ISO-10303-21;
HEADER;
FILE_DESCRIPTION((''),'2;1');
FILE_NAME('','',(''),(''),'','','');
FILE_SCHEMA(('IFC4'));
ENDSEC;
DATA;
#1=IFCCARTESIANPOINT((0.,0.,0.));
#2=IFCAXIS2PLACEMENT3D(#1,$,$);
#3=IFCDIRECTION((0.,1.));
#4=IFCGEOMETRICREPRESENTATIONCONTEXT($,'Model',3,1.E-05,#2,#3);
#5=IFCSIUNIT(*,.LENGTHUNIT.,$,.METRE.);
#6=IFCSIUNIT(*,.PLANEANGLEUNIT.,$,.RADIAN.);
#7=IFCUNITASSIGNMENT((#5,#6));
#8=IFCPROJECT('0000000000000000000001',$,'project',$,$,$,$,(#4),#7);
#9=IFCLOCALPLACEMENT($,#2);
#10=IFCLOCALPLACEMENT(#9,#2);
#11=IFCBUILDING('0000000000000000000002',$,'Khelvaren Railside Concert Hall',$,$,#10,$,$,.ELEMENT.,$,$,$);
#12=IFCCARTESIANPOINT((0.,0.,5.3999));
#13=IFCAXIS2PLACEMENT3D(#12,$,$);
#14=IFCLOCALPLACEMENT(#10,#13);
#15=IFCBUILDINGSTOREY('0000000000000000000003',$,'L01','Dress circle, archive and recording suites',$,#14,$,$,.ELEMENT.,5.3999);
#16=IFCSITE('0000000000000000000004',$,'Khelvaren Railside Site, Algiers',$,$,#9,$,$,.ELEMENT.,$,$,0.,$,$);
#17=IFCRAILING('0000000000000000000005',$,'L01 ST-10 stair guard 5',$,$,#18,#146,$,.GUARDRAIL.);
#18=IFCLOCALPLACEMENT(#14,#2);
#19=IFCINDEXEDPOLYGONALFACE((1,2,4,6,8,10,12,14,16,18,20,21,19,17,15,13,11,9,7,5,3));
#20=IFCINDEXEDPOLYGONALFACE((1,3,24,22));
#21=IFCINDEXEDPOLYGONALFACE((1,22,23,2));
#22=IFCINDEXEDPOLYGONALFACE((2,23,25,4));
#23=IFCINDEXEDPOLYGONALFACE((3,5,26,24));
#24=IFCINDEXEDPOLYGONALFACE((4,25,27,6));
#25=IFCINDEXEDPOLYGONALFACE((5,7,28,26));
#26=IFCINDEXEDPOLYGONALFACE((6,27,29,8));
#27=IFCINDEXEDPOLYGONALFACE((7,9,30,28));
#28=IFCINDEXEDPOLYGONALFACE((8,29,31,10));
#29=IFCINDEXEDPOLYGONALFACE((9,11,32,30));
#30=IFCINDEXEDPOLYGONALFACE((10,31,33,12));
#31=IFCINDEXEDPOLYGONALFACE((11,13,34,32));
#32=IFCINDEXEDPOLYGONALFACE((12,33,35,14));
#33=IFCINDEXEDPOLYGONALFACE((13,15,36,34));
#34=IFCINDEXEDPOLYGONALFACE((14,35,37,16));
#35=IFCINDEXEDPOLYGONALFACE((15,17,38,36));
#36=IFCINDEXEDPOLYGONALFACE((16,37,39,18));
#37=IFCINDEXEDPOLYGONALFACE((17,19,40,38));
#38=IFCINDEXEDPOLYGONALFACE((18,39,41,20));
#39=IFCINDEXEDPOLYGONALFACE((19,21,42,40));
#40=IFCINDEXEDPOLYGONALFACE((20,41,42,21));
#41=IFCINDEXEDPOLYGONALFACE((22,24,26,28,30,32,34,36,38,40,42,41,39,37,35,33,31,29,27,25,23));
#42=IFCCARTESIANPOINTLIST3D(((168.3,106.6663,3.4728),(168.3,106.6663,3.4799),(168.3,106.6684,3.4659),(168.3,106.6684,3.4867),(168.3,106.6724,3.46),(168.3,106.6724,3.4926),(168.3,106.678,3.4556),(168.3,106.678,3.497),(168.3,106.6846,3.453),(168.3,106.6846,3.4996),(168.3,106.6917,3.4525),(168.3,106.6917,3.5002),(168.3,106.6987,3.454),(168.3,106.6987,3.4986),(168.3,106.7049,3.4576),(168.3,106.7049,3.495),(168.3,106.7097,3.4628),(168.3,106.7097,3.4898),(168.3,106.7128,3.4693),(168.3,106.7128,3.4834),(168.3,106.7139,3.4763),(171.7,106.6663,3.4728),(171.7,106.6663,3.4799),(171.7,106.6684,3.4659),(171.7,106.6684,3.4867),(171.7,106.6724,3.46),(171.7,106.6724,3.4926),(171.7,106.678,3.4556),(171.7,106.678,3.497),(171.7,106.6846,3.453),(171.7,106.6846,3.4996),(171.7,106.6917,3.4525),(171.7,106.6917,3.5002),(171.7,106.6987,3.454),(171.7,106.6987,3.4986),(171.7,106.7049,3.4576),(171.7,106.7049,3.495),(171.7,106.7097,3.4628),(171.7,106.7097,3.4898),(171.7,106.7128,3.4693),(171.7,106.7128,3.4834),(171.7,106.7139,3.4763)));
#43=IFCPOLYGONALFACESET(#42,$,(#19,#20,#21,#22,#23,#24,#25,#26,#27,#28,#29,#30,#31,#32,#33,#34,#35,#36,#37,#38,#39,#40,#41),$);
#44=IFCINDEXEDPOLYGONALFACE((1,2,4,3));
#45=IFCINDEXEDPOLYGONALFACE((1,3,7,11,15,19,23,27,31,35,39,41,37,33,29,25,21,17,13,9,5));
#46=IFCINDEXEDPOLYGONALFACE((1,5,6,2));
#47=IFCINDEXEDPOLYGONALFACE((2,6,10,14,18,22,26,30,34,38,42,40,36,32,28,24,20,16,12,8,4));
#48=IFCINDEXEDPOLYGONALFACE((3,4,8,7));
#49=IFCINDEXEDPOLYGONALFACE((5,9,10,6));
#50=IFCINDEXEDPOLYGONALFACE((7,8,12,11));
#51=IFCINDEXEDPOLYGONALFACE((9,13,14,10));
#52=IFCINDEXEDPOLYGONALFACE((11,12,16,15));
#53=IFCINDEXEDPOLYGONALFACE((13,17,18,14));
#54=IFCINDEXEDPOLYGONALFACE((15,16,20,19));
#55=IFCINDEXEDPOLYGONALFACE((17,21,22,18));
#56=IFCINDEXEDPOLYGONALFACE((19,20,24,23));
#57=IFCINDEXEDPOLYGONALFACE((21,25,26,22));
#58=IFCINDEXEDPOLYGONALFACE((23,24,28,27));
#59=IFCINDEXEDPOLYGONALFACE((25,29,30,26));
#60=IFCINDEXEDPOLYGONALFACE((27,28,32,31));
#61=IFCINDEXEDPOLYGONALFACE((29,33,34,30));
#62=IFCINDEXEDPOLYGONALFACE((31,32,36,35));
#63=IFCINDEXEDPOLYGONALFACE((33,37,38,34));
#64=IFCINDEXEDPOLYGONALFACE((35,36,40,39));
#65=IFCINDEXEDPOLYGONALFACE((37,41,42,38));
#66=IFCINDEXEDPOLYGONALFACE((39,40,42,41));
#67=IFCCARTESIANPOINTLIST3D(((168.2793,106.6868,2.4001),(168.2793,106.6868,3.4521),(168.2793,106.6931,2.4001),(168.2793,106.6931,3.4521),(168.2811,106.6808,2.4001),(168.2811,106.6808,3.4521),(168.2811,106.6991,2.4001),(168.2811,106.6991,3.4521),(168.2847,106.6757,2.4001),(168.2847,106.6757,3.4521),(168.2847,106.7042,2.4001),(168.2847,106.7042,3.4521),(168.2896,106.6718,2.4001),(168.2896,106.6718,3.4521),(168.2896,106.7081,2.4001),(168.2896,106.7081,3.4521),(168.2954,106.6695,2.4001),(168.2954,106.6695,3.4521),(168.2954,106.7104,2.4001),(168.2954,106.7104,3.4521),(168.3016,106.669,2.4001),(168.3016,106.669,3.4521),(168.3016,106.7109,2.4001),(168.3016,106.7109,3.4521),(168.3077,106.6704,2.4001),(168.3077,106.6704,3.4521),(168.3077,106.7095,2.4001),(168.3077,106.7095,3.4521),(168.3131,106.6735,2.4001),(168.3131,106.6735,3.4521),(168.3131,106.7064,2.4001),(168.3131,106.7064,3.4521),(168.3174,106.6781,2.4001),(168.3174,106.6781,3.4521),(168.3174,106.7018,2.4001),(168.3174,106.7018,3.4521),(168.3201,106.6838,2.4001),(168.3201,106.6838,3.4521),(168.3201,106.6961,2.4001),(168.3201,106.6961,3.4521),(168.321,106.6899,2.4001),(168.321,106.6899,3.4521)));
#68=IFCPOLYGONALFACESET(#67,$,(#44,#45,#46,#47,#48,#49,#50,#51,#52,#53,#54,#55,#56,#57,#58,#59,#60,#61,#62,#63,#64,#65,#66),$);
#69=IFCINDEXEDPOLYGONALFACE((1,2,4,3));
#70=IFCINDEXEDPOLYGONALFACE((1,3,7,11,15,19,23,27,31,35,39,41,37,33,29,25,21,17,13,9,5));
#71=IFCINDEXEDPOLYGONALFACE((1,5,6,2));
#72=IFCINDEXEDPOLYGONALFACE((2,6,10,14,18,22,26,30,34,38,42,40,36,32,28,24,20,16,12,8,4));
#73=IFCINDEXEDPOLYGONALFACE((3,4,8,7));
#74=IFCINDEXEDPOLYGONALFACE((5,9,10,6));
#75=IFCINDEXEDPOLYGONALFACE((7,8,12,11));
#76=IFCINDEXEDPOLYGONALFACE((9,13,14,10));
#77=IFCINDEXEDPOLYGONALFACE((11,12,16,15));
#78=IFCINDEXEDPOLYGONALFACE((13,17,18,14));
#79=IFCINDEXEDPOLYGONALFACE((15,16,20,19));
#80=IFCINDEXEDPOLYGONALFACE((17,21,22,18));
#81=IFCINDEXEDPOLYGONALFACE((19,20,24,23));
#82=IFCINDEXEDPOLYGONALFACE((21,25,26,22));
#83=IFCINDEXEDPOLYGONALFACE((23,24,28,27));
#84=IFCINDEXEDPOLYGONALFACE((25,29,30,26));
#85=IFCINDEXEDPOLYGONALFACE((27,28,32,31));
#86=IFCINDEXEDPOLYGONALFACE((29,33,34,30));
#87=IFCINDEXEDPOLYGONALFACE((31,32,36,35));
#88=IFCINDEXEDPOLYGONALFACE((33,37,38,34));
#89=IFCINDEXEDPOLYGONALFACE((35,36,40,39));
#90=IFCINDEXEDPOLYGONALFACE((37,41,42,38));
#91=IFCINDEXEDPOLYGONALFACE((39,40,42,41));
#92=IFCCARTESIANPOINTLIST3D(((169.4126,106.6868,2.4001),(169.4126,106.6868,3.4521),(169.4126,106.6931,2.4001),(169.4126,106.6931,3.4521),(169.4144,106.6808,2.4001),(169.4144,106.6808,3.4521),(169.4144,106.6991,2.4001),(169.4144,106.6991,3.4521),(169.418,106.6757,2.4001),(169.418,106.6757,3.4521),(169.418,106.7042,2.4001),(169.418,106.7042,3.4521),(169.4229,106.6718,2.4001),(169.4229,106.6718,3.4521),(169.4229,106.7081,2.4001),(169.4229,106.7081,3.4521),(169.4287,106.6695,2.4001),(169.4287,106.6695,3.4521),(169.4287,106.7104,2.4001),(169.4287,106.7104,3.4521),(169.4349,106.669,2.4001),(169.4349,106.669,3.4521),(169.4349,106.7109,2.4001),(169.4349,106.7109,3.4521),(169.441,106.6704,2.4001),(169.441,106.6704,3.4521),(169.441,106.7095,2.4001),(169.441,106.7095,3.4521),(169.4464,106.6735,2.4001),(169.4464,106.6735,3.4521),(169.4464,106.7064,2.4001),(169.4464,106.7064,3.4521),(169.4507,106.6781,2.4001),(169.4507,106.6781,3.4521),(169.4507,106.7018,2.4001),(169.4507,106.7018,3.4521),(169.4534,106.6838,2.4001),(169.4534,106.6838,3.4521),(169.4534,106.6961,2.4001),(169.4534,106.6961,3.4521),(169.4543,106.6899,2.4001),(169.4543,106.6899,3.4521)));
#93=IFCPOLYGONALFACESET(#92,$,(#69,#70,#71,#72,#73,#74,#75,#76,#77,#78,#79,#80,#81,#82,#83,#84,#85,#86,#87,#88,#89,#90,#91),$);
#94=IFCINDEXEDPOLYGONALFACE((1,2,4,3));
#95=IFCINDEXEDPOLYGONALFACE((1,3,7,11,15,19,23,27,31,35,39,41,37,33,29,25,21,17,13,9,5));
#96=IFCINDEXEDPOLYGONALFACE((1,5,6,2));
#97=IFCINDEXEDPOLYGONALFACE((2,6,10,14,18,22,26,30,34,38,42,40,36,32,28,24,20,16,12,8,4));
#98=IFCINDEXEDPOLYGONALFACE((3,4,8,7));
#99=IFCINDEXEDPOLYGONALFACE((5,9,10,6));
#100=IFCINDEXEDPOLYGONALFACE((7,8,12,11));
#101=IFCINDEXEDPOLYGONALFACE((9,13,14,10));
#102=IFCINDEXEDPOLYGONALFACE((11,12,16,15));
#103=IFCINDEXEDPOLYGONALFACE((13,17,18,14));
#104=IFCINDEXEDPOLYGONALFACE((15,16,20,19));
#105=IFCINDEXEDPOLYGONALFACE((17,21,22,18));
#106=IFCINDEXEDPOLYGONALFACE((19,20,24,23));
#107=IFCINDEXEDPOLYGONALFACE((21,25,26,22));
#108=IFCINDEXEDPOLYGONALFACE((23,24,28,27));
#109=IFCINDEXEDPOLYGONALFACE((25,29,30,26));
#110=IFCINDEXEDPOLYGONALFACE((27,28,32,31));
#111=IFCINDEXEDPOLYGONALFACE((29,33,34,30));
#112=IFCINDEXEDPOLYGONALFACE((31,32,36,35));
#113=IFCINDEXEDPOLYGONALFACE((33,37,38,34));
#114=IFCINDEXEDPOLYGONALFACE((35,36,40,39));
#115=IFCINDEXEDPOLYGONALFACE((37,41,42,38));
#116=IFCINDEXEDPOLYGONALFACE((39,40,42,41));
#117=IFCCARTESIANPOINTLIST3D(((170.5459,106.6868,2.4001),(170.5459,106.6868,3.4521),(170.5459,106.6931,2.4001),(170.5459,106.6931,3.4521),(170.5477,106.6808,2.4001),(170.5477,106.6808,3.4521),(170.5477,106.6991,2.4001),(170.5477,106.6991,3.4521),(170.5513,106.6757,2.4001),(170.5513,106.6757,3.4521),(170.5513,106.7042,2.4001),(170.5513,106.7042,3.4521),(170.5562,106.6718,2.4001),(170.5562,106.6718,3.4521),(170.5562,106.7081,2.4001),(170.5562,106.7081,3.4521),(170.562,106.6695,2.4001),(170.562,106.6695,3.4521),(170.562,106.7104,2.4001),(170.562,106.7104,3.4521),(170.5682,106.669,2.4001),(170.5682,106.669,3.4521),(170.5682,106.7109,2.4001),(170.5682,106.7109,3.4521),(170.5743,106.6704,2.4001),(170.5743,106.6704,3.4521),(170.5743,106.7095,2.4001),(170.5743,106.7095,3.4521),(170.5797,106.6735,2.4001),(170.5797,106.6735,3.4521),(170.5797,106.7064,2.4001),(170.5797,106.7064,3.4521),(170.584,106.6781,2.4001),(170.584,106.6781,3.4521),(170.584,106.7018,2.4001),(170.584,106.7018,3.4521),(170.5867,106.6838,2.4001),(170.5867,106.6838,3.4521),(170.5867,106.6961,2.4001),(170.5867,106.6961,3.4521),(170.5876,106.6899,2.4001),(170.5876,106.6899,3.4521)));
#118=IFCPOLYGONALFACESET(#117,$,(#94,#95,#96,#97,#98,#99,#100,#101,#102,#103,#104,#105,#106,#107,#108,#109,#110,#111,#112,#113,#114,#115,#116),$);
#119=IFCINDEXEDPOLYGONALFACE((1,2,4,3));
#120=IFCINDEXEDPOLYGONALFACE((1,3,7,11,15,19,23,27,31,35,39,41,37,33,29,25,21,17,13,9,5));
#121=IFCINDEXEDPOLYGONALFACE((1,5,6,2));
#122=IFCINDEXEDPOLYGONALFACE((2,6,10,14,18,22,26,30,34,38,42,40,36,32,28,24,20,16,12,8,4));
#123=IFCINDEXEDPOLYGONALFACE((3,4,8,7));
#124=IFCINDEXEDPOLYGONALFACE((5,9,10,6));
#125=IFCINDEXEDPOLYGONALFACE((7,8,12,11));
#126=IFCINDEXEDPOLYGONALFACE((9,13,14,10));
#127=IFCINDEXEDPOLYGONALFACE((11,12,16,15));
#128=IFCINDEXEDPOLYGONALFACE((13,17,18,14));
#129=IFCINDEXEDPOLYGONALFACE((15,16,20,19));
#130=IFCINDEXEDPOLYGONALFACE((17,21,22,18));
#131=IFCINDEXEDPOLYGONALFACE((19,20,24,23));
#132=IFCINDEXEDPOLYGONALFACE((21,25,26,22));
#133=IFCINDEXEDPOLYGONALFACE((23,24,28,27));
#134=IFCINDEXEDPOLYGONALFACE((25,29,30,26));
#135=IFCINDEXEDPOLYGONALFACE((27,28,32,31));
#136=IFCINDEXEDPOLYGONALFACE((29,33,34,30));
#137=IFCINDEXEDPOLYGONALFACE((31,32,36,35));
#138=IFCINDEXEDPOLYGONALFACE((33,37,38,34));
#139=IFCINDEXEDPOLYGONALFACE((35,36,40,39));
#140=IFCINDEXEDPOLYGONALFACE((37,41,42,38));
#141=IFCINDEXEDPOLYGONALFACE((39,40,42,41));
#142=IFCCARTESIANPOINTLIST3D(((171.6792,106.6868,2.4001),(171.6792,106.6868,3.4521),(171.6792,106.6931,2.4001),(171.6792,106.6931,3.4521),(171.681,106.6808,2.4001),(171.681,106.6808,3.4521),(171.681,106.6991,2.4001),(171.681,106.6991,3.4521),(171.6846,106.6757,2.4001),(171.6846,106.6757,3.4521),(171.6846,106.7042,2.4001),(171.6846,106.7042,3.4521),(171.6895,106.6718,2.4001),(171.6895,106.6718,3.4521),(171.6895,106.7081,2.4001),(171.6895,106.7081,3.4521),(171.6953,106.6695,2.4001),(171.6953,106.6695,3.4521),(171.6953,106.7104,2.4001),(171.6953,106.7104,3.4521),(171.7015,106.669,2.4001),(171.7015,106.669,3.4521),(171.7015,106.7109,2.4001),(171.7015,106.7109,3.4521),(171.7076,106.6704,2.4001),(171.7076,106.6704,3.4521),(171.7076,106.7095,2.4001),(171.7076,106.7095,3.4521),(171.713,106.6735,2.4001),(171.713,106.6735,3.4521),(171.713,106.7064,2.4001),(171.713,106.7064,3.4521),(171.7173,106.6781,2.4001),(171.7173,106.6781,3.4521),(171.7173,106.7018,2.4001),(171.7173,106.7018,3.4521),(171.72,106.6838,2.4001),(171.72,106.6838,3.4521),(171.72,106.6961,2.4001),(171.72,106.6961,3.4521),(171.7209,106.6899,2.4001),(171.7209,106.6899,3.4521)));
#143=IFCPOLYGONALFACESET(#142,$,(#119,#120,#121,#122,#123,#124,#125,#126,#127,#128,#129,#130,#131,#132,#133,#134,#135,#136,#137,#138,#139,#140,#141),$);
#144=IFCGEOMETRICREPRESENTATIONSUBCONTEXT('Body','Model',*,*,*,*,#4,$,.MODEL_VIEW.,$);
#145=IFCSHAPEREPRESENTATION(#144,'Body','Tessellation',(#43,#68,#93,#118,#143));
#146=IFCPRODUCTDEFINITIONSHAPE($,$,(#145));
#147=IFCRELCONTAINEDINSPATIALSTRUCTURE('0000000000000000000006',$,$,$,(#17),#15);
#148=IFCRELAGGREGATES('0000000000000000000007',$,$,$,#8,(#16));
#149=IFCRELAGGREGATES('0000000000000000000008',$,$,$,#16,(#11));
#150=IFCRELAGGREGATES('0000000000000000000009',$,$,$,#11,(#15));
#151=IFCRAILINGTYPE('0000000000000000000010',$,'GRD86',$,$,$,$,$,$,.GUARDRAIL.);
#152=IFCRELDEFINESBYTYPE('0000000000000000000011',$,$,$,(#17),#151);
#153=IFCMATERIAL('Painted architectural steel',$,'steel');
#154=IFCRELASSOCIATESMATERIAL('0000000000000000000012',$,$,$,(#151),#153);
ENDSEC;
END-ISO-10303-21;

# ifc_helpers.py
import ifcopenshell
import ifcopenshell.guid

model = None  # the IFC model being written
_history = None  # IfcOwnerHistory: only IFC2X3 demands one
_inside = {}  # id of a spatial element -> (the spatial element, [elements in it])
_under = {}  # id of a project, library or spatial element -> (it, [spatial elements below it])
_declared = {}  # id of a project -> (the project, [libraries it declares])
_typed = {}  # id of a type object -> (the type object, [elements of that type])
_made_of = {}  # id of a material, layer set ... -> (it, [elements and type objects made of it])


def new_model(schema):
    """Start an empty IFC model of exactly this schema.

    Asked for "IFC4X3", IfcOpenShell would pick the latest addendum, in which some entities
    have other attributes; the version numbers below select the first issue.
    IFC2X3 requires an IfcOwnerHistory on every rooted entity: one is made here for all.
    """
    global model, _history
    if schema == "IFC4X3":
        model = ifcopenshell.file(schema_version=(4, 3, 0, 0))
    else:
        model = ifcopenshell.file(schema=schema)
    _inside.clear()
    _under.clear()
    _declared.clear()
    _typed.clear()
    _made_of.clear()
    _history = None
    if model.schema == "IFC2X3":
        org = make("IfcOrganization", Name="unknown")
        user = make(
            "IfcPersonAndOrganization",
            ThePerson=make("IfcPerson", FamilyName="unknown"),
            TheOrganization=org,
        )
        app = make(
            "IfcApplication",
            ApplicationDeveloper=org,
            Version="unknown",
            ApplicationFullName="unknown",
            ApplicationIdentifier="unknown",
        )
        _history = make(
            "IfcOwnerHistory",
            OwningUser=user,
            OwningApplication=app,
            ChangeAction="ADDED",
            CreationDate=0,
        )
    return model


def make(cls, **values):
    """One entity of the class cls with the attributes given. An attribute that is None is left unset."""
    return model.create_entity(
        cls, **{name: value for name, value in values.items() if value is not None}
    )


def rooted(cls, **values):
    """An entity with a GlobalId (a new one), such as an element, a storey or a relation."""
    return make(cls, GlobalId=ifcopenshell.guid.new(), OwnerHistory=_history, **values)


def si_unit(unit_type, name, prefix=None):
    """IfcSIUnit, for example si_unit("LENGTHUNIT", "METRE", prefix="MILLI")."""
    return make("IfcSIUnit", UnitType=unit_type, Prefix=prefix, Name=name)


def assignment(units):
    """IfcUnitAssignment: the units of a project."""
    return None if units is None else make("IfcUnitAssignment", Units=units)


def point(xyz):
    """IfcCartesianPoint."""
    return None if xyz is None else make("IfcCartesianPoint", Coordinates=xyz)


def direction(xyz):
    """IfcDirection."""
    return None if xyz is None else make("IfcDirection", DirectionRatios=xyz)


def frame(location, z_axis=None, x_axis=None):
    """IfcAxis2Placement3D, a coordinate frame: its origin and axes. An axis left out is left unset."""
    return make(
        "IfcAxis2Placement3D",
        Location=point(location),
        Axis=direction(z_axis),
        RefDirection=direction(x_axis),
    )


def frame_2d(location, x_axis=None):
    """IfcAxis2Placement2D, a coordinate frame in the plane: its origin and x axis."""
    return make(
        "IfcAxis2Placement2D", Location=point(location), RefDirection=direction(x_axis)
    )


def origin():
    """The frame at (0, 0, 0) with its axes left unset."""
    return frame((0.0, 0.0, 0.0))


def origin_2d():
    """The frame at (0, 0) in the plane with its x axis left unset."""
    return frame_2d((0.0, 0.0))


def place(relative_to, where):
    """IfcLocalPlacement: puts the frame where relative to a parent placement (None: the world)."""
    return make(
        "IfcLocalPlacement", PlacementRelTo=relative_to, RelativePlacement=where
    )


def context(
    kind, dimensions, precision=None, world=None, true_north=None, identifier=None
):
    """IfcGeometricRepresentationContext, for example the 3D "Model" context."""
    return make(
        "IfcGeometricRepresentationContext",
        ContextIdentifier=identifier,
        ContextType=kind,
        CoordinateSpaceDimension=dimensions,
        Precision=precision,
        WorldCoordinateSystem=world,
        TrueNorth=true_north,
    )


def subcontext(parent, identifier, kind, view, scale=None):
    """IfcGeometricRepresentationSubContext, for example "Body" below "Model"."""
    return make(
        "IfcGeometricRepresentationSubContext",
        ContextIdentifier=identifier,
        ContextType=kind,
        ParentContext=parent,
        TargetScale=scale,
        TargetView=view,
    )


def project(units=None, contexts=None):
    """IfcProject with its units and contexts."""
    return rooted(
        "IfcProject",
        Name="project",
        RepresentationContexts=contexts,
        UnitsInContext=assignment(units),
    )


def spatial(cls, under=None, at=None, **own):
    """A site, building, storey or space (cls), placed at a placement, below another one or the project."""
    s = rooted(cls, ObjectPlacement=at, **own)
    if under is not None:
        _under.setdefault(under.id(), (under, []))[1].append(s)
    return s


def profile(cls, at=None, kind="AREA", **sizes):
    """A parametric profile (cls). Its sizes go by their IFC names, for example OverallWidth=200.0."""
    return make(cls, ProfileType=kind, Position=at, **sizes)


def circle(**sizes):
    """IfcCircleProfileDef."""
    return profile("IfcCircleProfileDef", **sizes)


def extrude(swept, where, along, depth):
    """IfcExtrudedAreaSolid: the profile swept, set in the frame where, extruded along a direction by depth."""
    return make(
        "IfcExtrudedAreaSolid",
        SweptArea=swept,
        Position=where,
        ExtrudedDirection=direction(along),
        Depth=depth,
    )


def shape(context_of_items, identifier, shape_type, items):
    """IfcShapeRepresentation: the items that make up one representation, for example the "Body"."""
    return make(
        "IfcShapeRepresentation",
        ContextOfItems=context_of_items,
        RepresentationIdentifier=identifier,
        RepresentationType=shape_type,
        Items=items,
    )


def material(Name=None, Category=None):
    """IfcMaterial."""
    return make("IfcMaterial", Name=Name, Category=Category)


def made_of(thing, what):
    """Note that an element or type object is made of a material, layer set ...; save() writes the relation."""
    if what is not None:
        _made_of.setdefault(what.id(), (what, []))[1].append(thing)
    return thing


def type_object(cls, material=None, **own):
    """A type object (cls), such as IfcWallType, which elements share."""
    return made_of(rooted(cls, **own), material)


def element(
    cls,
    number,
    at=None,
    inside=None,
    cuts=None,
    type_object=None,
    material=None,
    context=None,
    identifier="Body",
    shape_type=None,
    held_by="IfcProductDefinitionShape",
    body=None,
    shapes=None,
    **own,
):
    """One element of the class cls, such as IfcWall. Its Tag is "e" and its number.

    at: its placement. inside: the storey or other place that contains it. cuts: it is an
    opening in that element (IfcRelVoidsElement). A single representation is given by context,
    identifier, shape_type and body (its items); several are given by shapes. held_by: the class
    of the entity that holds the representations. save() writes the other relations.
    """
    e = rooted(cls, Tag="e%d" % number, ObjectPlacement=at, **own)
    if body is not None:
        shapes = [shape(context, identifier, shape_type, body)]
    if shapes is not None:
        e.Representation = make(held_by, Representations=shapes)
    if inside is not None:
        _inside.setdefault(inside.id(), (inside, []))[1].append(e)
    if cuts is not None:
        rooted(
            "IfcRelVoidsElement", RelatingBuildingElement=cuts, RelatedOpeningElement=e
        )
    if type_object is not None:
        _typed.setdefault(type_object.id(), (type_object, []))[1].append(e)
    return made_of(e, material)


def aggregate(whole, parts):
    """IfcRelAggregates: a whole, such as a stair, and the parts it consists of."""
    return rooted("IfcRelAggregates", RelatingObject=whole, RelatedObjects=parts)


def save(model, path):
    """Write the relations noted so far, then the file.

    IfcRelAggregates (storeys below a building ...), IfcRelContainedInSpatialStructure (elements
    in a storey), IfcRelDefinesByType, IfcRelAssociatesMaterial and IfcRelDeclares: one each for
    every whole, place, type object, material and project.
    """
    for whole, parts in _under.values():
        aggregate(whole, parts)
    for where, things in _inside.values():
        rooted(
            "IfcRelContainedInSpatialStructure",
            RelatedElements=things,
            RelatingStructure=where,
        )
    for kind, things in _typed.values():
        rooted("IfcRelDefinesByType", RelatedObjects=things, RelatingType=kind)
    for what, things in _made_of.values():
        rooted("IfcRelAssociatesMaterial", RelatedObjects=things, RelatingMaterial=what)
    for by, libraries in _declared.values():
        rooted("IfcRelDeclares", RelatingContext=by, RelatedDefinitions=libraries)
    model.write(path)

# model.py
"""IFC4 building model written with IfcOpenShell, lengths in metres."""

from ifc_helpers import new_model, si_unit, direction, frame, origin, origin_2d, place, context, subcontext, project, spatial, circle, extrude, material, type_object, element, save


model = new_model("IFC4")

# Units and contexts
model_context = context("Model", 3, precision=1e-05, world=origin(), true_north=direction((0.0, 1.0)))
body_context = subcontext(model_context, "Body", "Model", "MODEL_VIEW")
ifc_project = project(units=[si_unit("LENGTHUNIT", "METRE"), si_unit("PLANEANGLEUNIT", "RADIAN")], contexts=[model_context])

# Site, building, storey
site_placement = place(None, origin())
site = spatial("IfcSite", under=ifc_project, at=site_placement, Name="Khelvaren Railside Site, Algiers", CompositionType="ELEMENT", RefElevation=0.0)
building_placement = place(site_placement, origin())
building = spatial("IfcBuilding", under=site, at=building_placement, Name="Khelvaren Railside Concert Hall", CompositionType="ELEMENT")
storey_placement = place(building_placement, frame((0.0, 0.0, 5.3999)))
storey = spatial("IfcBuildingStorey", under=building, at=storey_placement, Name="L01", Description="Dress circle, archive and recording suites", CompositionType="ELEMENT", Elevation=5.3999)

# Railing
ifc_material_1 = material(Name="Painted architectural steel", Category="steel")
railing_type = type_object("IfcRailingType", Name="GRD86", PredefinedType="GUARDRAIL", material=ifc_material_1)
railing_1_placement = place(storey_placement, frame((168.3, 106.6899, 2.4001)))
element("IfcRailing", 1, at=railing_1_placement, inside=storey, type_object=railing_type, Name="L01 ST-10 stair guard 5", PredefinedType="GUARDRAIL", context=body_context, shape_type="SweptSolid", body=[
    extrude(circle(Radius=0.0239, at=origin_2d()), frame((0.0, 0.0, 1.0762), z_axis=(1.0, 0.0, 0.0), x_axis=(0.0, 1.0, 0.0)), (0.0, 0.0, 1.0), 3.3999),
    extrude(circle(Radius=0.021, at=origin_2d()), origin(), (0.0, 0.0, 1.0), 1.052),
    extrude(circle(Radius=0.021, at=origin_2d()), frame((1.1333, 0.0, 0.0)), (0.0, 0.0, 1.0), 1.052),
    extrude(circle(Radius=0.021, at=origin_2d()), frame((2.2666, 0.0, 0.0)), (0.0, 0.0, 1.0), 1.052),
    extrude(circle(Radius=0.021, at=origin_2d()), frame((3.3999, 0.0, 0.0)), (0.0, 0.0, 1.0), 1.052),
])

save(model, "model.ifc")
